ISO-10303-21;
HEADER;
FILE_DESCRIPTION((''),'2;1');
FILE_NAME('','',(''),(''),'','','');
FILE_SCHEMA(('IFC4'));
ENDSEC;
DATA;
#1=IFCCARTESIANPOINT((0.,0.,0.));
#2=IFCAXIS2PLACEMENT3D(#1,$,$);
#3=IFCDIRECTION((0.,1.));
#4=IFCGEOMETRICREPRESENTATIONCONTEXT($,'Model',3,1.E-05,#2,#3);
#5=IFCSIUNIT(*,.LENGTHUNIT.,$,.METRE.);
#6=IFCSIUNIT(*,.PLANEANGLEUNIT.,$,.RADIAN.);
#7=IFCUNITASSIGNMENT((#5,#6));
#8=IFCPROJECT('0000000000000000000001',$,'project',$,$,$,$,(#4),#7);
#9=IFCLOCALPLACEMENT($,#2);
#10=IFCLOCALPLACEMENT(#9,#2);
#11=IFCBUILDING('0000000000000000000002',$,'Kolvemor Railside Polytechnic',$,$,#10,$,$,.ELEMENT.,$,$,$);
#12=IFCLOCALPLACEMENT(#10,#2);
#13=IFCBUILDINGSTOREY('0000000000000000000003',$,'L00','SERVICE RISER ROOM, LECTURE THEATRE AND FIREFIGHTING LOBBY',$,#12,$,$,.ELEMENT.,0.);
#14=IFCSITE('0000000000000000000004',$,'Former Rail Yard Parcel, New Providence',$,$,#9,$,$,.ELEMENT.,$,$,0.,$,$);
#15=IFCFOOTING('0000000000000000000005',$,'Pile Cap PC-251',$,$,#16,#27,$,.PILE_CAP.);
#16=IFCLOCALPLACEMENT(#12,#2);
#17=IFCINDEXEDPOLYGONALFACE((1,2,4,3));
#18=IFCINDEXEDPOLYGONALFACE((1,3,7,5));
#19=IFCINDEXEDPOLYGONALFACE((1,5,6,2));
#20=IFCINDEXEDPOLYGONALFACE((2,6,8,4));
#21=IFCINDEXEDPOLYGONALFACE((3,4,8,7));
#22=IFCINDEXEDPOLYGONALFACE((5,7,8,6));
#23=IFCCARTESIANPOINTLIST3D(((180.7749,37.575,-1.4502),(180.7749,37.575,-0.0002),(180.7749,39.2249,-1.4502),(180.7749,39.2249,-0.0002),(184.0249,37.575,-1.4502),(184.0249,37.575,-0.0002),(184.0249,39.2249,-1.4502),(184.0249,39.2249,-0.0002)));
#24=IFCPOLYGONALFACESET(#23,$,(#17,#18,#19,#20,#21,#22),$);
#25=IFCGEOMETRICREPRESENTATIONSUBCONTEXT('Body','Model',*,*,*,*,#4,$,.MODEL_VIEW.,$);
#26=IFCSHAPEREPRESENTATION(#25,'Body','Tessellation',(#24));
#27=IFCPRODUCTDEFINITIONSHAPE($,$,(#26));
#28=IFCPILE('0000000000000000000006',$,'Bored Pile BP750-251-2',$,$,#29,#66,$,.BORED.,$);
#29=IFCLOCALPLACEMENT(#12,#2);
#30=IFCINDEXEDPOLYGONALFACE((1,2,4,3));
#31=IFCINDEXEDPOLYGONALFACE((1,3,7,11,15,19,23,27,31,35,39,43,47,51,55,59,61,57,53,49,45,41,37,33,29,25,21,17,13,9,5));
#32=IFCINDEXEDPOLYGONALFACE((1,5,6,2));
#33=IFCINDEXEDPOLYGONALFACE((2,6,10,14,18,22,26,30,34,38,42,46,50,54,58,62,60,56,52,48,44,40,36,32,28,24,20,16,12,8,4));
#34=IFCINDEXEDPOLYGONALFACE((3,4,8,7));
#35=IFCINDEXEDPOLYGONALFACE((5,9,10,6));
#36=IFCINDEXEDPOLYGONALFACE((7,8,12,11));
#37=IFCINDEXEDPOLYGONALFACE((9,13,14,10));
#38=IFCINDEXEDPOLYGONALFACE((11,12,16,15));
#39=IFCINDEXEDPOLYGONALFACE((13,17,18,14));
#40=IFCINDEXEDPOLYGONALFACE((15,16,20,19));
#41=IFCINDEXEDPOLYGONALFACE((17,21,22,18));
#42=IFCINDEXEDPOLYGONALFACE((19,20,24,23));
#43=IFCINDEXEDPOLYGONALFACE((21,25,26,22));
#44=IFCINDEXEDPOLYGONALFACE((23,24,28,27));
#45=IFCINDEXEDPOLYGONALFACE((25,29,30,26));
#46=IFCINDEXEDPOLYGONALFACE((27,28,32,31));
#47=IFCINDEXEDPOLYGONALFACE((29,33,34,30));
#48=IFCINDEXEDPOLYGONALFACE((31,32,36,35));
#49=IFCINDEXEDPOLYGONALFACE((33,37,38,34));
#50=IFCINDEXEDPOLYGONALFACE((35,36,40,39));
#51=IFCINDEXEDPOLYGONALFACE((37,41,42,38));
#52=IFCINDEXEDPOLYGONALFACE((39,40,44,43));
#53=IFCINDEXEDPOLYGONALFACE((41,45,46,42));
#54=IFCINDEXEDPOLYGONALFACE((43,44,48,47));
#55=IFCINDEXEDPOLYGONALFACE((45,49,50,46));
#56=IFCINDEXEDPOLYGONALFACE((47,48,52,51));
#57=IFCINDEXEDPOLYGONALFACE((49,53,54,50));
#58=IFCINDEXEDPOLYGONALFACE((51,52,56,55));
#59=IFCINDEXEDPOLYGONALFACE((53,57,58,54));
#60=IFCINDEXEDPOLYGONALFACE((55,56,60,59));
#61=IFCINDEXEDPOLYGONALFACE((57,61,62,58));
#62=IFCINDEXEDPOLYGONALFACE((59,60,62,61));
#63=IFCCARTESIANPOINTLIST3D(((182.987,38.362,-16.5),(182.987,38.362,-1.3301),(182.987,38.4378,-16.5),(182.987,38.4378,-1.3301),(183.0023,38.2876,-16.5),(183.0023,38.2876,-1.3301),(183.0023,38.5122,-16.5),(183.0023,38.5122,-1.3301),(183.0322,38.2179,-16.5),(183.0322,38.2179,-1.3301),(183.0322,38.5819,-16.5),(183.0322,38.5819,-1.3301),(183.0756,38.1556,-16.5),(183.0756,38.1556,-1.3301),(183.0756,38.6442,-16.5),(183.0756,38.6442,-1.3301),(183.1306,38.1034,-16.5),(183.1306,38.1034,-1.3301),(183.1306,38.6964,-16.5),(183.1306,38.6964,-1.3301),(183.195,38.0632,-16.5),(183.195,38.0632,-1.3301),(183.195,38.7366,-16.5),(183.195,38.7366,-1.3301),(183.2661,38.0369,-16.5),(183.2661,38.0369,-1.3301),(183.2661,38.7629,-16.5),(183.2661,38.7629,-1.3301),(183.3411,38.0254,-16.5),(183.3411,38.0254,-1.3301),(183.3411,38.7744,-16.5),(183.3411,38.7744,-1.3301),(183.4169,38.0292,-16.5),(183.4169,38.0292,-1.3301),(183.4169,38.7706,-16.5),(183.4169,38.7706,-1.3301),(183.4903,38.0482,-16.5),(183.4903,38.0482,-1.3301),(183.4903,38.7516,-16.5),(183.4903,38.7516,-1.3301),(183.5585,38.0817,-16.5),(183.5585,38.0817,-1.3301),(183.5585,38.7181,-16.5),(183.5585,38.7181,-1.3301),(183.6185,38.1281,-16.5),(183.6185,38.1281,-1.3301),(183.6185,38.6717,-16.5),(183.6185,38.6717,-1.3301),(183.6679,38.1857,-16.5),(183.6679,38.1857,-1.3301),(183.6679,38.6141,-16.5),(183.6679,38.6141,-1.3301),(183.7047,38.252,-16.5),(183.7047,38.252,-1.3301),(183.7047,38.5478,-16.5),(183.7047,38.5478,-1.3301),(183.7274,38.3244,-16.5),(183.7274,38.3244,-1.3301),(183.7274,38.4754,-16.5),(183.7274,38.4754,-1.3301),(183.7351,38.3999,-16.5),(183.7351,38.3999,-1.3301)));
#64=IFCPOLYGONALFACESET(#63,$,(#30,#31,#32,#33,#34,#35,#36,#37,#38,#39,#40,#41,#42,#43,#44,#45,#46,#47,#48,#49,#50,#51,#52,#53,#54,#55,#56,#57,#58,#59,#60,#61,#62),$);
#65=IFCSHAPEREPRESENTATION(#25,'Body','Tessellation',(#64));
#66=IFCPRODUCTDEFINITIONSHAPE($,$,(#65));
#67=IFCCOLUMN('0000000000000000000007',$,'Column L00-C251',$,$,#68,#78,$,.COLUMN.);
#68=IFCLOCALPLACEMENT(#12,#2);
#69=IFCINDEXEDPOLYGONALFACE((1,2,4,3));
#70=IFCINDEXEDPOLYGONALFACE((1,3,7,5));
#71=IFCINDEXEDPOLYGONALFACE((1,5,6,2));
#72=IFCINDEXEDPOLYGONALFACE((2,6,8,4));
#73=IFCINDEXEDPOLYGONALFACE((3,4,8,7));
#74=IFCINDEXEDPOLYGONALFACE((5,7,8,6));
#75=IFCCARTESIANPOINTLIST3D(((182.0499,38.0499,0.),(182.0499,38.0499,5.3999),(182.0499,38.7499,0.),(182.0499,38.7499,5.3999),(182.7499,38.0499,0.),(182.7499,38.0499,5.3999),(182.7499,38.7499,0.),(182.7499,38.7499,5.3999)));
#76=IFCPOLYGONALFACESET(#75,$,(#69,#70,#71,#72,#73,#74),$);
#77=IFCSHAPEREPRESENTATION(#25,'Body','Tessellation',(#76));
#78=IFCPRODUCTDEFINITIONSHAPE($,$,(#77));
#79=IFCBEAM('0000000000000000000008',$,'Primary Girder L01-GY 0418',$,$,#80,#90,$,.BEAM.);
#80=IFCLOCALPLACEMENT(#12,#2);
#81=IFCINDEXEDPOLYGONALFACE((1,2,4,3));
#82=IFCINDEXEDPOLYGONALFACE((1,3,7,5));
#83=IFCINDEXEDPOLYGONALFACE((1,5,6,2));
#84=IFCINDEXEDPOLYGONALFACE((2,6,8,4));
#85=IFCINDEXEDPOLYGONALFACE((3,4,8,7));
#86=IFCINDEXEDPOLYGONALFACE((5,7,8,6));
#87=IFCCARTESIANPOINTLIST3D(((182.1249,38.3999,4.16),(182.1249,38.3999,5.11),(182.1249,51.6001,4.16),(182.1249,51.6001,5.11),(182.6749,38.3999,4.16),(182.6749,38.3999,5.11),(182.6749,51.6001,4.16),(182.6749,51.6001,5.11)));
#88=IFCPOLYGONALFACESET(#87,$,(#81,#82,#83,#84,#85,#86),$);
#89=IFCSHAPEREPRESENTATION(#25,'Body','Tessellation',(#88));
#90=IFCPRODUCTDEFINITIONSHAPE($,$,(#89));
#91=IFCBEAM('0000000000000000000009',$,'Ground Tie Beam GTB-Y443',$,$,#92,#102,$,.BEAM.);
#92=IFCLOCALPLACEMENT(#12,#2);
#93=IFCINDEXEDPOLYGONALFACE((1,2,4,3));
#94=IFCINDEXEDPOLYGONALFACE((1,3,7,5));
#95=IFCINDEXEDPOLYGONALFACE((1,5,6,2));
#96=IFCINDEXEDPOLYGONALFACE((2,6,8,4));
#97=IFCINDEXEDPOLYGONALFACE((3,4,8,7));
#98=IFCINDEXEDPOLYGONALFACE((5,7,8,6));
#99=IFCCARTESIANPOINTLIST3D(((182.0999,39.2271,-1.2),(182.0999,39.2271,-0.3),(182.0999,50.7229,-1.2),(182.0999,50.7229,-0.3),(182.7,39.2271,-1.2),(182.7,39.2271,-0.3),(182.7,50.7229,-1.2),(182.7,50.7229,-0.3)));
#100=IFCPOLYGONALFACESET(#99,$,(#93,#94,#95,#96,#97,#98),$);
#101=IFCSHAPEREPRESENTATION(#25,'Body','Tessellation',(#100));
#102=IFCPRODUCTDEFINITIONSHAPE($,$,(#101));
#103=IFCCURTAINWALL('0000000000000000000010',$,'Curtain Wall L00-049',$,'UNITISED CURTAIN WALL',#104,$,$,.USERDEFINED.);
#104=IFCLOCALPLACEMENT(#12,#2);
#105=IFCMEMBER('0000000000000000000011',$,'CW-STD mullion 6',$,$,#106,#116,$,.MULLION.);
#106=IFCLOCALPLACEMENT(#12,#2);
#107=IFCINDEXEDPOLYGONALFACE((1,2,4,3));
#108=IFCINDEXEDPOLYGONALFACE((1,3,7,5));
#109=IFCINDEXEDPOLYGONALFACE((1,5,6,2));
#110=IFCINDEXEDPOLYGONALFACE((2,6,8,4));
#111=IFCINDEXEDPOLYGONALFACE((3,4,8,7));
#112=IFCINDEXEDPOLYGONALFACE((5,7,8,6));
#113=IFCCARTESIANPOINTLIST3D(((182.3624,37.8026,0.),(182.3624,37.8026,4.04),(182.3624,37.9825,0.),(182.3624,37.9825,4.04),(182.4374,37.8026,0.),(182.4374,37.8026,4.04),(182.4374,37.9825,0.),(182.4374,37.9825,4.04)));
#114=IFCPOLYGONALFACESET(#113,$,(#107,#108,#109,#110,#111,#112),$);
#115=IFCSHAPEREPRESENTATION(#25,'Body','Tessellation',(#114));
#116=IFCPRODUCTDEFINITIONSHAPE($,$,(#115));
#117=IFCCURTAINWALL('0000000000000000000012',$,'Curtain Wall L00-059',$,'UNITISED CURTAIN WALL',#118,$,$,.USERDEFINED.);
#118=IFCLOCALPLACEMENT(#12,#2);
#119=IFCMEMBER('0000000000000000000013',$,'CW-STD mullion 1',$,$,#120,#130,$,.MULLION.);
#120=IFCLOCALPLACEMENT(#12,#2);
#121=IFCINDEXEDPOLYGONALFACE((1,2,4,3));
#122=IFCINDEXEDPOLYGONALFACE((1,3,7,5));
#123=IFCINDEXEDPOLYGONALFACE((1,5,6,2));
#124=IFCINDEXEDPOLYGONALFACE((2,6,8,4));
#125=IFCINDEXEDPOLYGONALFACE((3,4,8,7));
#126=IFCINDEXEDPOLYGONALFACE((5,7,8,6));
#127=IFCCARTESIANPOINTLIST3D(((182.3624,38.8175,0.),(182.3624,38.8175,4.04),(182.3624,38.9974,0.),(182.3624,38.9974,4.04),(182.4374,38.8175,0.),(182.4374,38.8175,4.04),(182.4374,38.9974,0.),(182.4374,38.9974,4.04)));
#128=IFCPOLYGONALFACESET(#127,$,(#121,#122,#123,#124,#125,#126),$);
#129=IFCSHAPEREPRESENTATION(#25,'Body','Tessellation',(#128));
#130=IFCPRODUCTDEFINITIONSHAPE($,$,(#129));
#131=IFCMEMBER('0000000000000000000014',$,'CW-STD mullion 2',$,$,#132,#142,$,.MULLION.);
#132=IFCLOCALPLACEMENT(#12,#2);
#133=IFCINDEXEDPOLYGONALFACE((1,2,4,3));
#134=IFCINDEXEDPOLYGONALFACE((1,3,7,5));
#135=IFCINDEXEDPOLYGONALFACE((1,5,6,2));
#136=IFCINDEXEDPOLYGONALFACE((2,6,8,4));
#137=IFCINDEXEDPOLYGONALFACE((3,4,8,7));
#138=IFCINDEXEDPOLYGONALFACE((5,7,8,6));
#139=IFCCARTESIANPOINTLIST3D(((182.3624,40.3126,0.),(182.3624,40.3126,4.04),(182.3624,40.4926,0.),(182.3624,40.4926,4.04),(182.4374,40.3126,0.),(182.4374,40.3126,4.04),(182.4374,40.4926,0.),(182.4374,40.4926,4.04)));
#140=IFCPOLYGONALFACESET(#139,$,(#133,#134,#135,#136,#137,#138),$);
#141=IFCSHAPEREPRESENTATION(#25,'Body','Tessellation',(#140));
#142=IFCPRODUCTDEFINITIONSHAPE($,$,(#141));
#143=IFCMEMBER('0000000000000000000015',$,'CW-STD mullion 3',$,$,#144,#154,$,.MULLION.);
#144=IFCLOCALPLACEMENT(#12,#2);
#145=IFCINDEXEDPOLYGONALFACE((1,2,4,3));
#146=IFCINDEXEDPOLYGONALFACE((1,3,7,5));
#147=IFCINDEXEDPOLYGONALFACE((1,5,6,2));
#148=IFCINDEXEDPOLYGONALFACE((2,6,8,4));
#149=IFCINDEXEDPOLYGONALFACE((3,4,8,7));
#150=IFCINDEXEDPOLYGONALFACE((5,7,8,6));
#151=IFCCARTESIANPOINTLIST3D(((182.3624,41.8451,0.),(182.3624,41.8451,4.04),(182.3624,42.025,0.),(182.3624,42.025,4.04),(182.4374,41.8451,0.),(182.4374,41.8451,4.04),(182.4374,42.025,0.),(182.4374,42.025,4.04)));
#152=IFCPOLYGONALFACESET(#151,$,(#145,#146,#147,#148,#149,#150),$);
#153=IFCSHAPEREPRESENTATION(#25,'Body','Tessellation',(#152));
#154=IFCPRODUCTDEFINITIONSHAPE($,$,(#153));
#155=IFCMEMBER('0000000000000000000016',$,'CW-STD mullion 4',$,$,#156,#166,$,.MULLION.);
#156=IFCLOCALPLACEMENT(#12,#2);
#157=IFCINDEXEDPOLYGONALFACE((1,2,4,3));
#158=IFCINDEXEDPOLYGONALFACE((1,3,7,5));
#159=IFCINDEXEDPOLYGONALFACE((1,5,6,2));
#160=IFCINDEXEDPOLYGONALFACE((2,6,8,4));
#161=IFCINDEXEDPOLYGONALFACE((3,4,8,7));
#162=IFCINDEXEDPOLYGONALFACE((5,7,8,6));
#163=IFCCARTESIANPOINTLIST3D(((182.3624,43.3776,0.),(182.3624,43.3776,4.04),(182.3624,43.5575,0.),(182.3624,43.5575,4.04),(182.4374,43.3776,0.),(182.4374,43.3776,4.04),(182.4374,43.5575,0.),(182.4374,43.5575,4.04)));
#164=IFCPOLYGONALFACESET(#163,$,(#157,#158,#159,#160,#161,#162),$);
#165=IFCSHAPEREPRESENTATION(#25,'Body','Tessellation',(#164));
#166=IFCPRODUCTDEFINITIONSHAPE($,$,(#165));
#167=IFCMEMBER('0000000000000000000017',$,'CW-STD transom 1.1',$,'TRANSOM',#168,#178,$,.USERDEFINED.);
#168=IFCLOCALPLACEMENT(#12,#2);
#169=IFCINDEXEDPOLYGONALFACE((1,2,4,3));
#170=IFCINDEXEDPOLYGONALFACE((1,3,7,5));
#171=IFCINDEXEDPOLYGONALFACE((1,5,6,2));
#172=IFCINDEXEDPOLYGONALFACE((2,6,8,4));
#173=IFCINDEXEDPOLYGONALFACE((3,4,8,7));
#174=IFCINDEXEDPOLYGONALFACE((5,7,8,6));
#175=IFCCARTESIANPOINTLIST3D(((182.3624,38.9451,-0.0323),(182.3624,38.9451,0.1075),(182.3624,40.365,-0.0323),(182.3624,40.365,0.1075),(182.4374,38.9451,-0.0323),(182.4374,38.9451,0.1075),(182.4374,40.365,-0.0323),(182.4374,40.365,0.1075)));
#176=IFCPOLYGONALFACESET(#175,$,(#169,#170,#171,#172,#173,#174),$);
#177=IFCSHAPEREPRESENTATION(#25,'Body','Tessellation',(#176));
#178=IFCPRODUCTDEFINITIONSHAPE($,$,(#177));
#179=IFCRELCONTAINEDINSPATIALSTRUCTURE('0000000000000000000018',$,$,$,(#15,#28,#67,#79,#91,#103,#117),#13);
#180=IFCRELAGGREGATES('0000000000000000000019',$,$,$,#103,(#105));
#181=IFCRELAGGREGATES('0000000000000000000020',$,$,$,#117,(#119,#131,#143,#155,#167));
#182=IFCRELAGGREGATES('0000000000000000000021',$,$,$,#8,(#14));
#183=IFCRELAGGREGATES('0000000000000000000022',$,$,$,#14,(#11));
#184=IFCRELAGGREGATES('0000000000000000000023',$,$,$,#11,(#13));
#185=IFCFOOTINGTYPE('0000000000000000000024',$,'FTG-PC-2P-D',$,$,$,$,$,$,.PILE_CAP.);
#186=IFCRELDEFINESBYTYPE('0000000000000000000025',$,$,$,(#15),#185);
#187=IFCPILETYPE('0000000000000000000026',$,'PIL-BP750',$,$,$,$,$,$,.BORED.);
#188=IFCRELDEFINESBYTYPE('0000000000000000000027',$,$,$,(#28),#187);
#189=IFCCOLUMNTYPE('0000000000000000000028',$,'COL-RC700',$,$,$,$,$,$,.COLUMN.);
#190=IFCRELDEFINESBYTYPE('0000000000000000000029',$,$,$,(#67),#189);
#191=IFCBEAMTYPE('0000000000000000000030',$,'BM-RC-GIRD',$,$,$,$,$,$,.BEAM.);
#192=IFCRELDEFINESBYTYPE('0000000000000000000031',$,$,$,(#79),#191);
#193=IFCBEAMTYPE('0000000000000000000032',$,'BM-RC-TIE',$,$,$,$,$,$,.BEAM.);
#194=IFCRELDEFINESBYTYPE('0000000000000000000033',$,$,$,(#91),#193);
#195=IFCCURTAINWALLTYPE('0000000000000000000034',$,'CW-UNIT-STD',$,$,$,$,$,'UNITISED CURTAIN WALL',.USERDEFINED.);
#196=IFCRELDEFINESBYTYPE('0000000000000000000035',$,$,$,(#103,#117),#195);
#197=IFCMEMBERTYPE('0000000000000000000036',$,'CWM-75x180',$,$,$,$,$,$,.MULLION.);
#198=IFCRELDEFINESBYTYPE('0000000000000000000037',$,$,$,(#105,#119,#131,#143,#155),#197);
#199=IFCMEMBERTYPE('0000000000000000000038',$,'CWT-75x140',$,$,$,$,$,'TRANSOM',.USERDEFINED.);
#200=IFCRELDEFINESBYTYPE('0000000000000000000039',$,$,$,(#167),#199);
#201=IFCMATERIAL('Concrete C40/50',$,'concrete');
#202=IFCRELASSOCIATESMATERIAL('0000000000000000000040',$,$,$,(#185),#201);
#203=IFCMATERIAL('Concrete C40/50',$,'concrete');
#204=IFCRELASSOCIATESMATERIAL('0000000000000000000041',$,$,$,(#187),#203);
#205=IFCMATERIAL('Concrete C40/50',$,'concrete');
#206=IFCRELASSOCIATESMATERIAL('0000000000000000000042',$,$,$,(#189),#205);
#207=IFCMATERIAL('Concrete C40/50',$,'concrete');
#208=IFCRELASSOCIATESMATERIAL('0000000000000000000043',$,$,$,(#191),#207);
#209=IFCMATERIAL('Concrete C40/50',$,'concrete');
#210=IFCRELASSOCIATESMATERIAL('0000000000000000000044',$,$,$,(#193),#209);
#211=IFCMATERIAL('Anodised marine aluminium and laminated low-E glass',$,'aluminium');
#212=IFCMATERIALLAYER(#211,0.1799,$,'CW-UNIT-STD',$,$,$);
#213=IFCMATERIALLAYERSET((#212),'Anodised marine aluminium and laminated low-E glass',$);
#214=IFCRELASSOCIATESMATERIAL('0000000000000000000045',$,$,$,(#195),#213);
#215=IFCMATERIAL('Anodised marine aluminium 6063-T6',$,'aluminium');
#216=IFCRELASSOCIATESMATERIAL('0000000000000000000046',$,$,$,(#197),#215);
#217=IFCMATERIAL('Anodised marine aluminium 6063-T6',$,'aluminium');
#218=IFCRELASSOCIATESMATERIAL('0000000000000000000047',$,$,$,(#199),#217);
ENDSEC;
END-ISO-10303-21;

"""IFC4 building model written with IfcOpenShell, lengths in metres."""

from ifc_helpers import new_model, si_unit, direction, frame, origin, origin_2d, place, context, subcontext, project, spatial, rectangle, circle, extrude, material, layer, layer_set, material_profile, profile_set, type_object, element, aggregate, save


model = new_model("IFC4")

# Units and contexts
model_context = context("Model", 3, precision=1e-05, world=origin(), true_north=direction((0.0, 1.0)))
body_context = subcontext(model_context, "Body", "Model", "MODEL_VIEW")
ifc_project = project(units=[si_unit("LENGTHUNIT", "METRE"), si_unit("PLANEANGLEUNIT", "RADIAN")], contexts=[model_context])

# Site, building, storey
site_placement = place(None, origin())
site = spatial("IfcSite", under=ifc_project, at=site_placement, Name="Former Rail Yard Parcel, New Providence", CompositionType="ELEMENT", RefElevation=0.0)
building_placement = place(site_placement, origin())
building = spatial("IfcBuilding", under=site, at=building_placement, Name="Kolvemor Railside Polytechnic", CompositionType="ELEMENT")
storey_placement = place(building_placement, origin())
storey = spatial("IfcBuildingStorey", under=building, at=storey_placement, Name="L00", Description="SERVICE RISER ROOM, LECTURE THEATRE AND FIREFIGHTING LOBBY", CompositionType="ELEMENT", Elevation=0.0)

# Footing
ifc_material_1 = material(Name="Concrete C40/50", Category="concrete")
footing_type = type_object("IfcFootingType", Name="FTG-PC-2P-D", PredefinedType="PILE_CAP", material=ifc_material_1)
footing_placement = place(storey_placement, frame((182.3999, 38.3999, -1.4502), z_axis=(0.0, 0.0, 1.0), x_axis=(1.0, 0.0, 0.0)))
element("IfcFooting", 1, at=footing_placement, inside=storey, type_object=footing_type, Name="Pile Cap PC-251", PredefinedType="PILE_CAP", context=body_context, shape_type="SweptSolid", body=[
    extrude(rectangle(XDim=3.25, YDim=1.6499, at=origin_2d()), origin(), (0.0, 0.0, 1.0), 1.45),
])

# Pile
ifc_material_2 = material(Name="Concrete C40/50", Category="concrete")
ifc_material_profile_1 = material_profile(ifc_material_2, circle(Radius=0.375, at=origin_2d()), Name="BP750")
ifc_profile_set_1 = profile_set([ifc_material_profile_1], Name="Concrete C40/50")
pile_type = type_object("IfcPileType", Name="PIL-BP750", PredefinedType="BORED", material=ifc_profile_set_1)
pile_placement = place(storey_placement, frame((183.3601, 38.3999, -1.3301), z_axis=(0.0, 0.0, -1.0), x_axis=(1.0, 0.0, 0.0)))
element("IfcPile", 2, at=pile_placement, inside=storey, type_object=pile_type, Name="Bored Pile BP750-251-2", PredefinedType="BORED", context=body_context, shape_type="SweptSolid", body=[
    extrude(circle(Radius=0.375, at=origin_2d()), origin(), (0.0, 0.0, 1.0), 15.1699),
])

# Column
ifc_material_3 = material(Name="Concrete C40/50", Category="concrete")
ifc_material_profile_2 = material_profile(ifc_material_3, rectangle(XDim=0.7, YDim=0.7, at=origin_2d()), Name="RC700x700")
ifc_profile_set_2 = profile_set([ifc_material_profile_2], Name="Concrete C40/50")
column_type = type_object("IfcColumnType", Name="COL-RC700", PredefinedType="COLUMN", material=ifc_profile_set_2)
column_placement = place(storey_placement, frame((182.3999, 38.3999, 0.0), z_axis=(0.0, 0.0, 1.0), x_axis=(1.0, 0.0, 0.0)))
element("IfcColumn", 3, at=column_placement, inside=storey, type_object=column_type, Name="Column L00-C251", PredefinedType="COLUMN", context=body_context, shape_type="SweptSolid", body=[
    extrude(rectangle(XDim=0.7, YDim=0.7, at=origin_2d()), origin(), (0.0, 0.0, 1.0), 5.3999),
])

# Beams
ifc_material_4 = material(Name="Concrete C40/50", Category="concrete")
ifc_material_profile_3 = material_profile(ifc_material_4, rectangle(XDim=0.55, YDim=0.95, at=origin_2d()), Name="RC550x950")
ifc_profile_set_3 = profile_set([ifc_material_profile_3], Name="Concrete C40/50")
beam_type_1 = type_object("IfcBeamType", Name="BM-RC-GIRD", PredefinedType="BEAM", material=ifc_profile_set_3)
beam_1_placement = place(storey_placement, frame((182.3999, 38.3999, 4.635), z_axis=(0.0, 1.0, 0.0), x_axis=(-1.0, 0.0, 0.0)))
element("IfcBeam", 4, at=beam_1_placement, inside=storey, type_object=beam_type_1, Name="Primary Girder L01-GY 0418", PredefinedType="BEAM", context=body_context, shape_type="SweptSolid", body=[
    extrude(rectangle(XDim=0.55, YDim=0.95, at=origin_2d()), origin(), (0.0, 0.0, 1.0), 13.2002),
])
ifc_material_5 = material(Name="Concrete C40/50", Category="concrete")
ifc_material_profile_4 = material_profile(ifc_material_5, rectangle(XDim=0.6001, YDim=0.8999, at=origin_2d()), Name="RC600x900")
ifc_profile_set_4 = profile_set([ifc_material_profile_4], Name="Concrete C40/50")
beam_type_2 = type_object("IfcBeamType", Name="BM-RC-TIE", PredefinedType="BEAM", material=ifc_profile_set_4)
beam_2_placement = place(storey_placement, frame((182.3999, 39.2271, -0.75), z_axis=(0.0, 1.0, 0.0), x_axis=(-1.0, 0.0, 0.0)))
element("IfcBeam", 5, at=beam_2_placement, inside=storey, type_object=beam_type_2, Name="Ground Tie Beam GTB-Y443", PredefinedType="BEAM", context=body_context, shape_type="SweptSolid", body=[
    extrude(rectangle(XDim=0.6001, YDim=0.8999, at=origin_2d()), origin(), (0.0, 0.0, 1.0), 11.4958),
])

# Curtain wall, member
ifc_material_6 = material(Name="Anodised marine aluminium and laminated low-E glass", Category="aluminium")
ifc_layer_1 = layer(ifc_material_6, 0.1799, Name="CW-UNIT-STD")
ifc_layer_set_1 = layer_set([ifc_layer_1], Name="Anodised marine aluminium and laminated low-E glass")
curtain_wall_type = type_object("IfcCurtainWallType", Name="CW-UNIT-STD", ElementType="UNITISED CURTAIN WALL", PredefinedType="USERDEFINED", material=ifc_layer_set_1)
curtain_wall_1_placement = place(storey_placement, origin())
curtain_wall_1 = element("IfcCurtainWall", 6, at=curtain_wall_1_placement, inside=storey, type_object=curtain_wall_type, Name="Curtain Wall L00-049", ObjectType="UNITISED CURTAIN WALL", PredefinedType="USERDEFINED")
ifc_material_7 = material(Name="Anodised marine aluminium 6063-T6", Category="aluminium")
ifc_material_profile_5 = material_profile(ifc_material_7, rectangle(XDim=0.075, YDim=0.1799, at=origin_2d()), Name="CW-MUL-75x180")
ifc_profile_set_5 = profile_set([ifc_material_profile_5], Name="Anodised marine aluminium 6063-T6")
member_type_1 = type_object("IfcMemberType", Name="CWM-75x180", PredefinedType="MULLION", material=ifc_profile_set_5)
member_1_placement = place(storey_placement, frame((182.3999, 37.8926, 0.0), z_axis=(0.0, 0.0, 1.0), x_axis=(-1.0, 0.0, 0.0)))
member_1 = element("IfcMember", 7, at=member_1_placement, type_object=member_type_1, Name="CW-STD mullion 6", PredefinedType="MULLION", context=body_context, shape_type="SweptSolid", body=[
    extrude(rectangle(XDim=0.075, YDim=0.1799, at=origin_2d()), origin(), (0.0, 0.0, 1.0), 4.04),
])

# Curtain wall, members
curtain_wall_2_placement = place(storey_placement, origin())
curtain_wall_2 = element("IfcCurtainWall", 8, at=curtain_wall_2_placement, inside=storey, type_object=curtain_wall_type, Name="Curtain Wall L00-059", ObjectType="UNITISED CURTAIN WALL", PredefinedType="USERDEFINED")
member_2_placement = place(storey_placement, frame((182.3999, 38.9075, 0.0), z_axis=(0.0, 0.0, 1.0), x_axis=(-1.0, 0.0, 0.0)))
member_2 = element("IfcMember", 9, at=member_2_placement, type_object=member_type_1, Name="CW-STD mullion 1", PredefinedType="MULLION", context=body_context, shape_type="SweptSolid", body=[
    extrude(rectangle(XDim=0.075, YDim=0.1799, at=origin_2d()), origin(), (0.0, 0.0, 1.0), 4.04),
])
member_3_placement = place(storey_placement, frame((182.3999, 40.4026, 0.0), z_axis=(0.0, 0.0, 1.0), x_axis=(-1.0, 0.0, 0.0)))
member_3 = element("IfcMember", 10, at=member_3_placement, type_object=member_type_1, Name="CW-STD mullion 2", PredefinedType="MULLION", context=body_context, shape_type="SweptSolid", body=[
    extrude(rectangle(XDim=0.075, YDim=0.1799, at=origin_2d()), origin(), (0.0, 0.0, 1.0), 4.04),
])
member_4_placement = place(storey_placement, frame((182.3999, 41.9351, 0.0), z_axis=(0.0, 0.0, 1.0), x_axis=(-1.0, 0.0, 0.0)))
member_4 = element("IfcMember", 11, at=member_4_placement, type_object=member_type_1, Name="CW-STD mullion 3", PredefinedType="MULLION", context=body_context, shape_type="SweptSolid", body=[
    extrude(rectangle(XDim=0.075, YDim=0.1799, at=origin_2d()), origin(), (0.0, 0.0, 1.0), 4.04),
])
member_5_placement = place(storey_placement, frame((182.3999, 43.4675, 0.0), z_axis=(0.0, 0.0, 1.0), x_axis=(-1.0, 0.0, 0.0)))
member_5 = element("IfcMember", 12, at=member_5_placement, type_object=member_type_1, Name="CW-STD mullion 4", PredefinedType="MULLION", context=body_context, shape_type="SweptSolid", body=[
    extrude(rectangle(XDim=0.075, YDim=0.1799, at=origin_2d()), origin(), (0.0, 0.0, 1.0), 4.04),
])
ifc_material_8 = material(Name="Anodised marine aluminium 6063-T6", Category="aluminium")
ifc_material_profile_6 = material_profile(ifc_material_8, rectangle(XDim=0.075, YDim=0.1399, at=origin_2d()), Name="CW-TRN-75x140")
ifc_profile_set_6 = profile_set([ifc_material_profile_6], Name="Anodised marine aluminium 6063-T6")
member_type_2 = type_object("IfcMemberType", Name="CWT-75x140", ElementType="TRANSOM", PredefinedType="USERDEFINED", material=ifc_profile_set_6)
member_6_placement = place(storey_placement, frame((182.3999, 38.9451, 0.0376), z_axis=(0.0, 1.0, 0.0), x_axis=(-1.0, 0.0, 0.0)))
member_6 = element("IfcMember", 13, at=member_6_placement, type_object=member_type_2, Name="CW-STD transom 1.1", ObjectType="TRANSOM", PredefinedType="USERDEFINED", context=body_context, shape_type="SweptSolid", body=[
    extrude(rectangle(XDim=0.075, YDim=0.1399, at=origin_2d()), origin(), (0.0, 0.0, 1.0), 1.4199),
])

aggregate(curtain_wall_1, [member_1])
aggregate(curtain_wall_2, [member_2, member_3, member_4, member_5, member_6])

save(model, "model.ifc")
